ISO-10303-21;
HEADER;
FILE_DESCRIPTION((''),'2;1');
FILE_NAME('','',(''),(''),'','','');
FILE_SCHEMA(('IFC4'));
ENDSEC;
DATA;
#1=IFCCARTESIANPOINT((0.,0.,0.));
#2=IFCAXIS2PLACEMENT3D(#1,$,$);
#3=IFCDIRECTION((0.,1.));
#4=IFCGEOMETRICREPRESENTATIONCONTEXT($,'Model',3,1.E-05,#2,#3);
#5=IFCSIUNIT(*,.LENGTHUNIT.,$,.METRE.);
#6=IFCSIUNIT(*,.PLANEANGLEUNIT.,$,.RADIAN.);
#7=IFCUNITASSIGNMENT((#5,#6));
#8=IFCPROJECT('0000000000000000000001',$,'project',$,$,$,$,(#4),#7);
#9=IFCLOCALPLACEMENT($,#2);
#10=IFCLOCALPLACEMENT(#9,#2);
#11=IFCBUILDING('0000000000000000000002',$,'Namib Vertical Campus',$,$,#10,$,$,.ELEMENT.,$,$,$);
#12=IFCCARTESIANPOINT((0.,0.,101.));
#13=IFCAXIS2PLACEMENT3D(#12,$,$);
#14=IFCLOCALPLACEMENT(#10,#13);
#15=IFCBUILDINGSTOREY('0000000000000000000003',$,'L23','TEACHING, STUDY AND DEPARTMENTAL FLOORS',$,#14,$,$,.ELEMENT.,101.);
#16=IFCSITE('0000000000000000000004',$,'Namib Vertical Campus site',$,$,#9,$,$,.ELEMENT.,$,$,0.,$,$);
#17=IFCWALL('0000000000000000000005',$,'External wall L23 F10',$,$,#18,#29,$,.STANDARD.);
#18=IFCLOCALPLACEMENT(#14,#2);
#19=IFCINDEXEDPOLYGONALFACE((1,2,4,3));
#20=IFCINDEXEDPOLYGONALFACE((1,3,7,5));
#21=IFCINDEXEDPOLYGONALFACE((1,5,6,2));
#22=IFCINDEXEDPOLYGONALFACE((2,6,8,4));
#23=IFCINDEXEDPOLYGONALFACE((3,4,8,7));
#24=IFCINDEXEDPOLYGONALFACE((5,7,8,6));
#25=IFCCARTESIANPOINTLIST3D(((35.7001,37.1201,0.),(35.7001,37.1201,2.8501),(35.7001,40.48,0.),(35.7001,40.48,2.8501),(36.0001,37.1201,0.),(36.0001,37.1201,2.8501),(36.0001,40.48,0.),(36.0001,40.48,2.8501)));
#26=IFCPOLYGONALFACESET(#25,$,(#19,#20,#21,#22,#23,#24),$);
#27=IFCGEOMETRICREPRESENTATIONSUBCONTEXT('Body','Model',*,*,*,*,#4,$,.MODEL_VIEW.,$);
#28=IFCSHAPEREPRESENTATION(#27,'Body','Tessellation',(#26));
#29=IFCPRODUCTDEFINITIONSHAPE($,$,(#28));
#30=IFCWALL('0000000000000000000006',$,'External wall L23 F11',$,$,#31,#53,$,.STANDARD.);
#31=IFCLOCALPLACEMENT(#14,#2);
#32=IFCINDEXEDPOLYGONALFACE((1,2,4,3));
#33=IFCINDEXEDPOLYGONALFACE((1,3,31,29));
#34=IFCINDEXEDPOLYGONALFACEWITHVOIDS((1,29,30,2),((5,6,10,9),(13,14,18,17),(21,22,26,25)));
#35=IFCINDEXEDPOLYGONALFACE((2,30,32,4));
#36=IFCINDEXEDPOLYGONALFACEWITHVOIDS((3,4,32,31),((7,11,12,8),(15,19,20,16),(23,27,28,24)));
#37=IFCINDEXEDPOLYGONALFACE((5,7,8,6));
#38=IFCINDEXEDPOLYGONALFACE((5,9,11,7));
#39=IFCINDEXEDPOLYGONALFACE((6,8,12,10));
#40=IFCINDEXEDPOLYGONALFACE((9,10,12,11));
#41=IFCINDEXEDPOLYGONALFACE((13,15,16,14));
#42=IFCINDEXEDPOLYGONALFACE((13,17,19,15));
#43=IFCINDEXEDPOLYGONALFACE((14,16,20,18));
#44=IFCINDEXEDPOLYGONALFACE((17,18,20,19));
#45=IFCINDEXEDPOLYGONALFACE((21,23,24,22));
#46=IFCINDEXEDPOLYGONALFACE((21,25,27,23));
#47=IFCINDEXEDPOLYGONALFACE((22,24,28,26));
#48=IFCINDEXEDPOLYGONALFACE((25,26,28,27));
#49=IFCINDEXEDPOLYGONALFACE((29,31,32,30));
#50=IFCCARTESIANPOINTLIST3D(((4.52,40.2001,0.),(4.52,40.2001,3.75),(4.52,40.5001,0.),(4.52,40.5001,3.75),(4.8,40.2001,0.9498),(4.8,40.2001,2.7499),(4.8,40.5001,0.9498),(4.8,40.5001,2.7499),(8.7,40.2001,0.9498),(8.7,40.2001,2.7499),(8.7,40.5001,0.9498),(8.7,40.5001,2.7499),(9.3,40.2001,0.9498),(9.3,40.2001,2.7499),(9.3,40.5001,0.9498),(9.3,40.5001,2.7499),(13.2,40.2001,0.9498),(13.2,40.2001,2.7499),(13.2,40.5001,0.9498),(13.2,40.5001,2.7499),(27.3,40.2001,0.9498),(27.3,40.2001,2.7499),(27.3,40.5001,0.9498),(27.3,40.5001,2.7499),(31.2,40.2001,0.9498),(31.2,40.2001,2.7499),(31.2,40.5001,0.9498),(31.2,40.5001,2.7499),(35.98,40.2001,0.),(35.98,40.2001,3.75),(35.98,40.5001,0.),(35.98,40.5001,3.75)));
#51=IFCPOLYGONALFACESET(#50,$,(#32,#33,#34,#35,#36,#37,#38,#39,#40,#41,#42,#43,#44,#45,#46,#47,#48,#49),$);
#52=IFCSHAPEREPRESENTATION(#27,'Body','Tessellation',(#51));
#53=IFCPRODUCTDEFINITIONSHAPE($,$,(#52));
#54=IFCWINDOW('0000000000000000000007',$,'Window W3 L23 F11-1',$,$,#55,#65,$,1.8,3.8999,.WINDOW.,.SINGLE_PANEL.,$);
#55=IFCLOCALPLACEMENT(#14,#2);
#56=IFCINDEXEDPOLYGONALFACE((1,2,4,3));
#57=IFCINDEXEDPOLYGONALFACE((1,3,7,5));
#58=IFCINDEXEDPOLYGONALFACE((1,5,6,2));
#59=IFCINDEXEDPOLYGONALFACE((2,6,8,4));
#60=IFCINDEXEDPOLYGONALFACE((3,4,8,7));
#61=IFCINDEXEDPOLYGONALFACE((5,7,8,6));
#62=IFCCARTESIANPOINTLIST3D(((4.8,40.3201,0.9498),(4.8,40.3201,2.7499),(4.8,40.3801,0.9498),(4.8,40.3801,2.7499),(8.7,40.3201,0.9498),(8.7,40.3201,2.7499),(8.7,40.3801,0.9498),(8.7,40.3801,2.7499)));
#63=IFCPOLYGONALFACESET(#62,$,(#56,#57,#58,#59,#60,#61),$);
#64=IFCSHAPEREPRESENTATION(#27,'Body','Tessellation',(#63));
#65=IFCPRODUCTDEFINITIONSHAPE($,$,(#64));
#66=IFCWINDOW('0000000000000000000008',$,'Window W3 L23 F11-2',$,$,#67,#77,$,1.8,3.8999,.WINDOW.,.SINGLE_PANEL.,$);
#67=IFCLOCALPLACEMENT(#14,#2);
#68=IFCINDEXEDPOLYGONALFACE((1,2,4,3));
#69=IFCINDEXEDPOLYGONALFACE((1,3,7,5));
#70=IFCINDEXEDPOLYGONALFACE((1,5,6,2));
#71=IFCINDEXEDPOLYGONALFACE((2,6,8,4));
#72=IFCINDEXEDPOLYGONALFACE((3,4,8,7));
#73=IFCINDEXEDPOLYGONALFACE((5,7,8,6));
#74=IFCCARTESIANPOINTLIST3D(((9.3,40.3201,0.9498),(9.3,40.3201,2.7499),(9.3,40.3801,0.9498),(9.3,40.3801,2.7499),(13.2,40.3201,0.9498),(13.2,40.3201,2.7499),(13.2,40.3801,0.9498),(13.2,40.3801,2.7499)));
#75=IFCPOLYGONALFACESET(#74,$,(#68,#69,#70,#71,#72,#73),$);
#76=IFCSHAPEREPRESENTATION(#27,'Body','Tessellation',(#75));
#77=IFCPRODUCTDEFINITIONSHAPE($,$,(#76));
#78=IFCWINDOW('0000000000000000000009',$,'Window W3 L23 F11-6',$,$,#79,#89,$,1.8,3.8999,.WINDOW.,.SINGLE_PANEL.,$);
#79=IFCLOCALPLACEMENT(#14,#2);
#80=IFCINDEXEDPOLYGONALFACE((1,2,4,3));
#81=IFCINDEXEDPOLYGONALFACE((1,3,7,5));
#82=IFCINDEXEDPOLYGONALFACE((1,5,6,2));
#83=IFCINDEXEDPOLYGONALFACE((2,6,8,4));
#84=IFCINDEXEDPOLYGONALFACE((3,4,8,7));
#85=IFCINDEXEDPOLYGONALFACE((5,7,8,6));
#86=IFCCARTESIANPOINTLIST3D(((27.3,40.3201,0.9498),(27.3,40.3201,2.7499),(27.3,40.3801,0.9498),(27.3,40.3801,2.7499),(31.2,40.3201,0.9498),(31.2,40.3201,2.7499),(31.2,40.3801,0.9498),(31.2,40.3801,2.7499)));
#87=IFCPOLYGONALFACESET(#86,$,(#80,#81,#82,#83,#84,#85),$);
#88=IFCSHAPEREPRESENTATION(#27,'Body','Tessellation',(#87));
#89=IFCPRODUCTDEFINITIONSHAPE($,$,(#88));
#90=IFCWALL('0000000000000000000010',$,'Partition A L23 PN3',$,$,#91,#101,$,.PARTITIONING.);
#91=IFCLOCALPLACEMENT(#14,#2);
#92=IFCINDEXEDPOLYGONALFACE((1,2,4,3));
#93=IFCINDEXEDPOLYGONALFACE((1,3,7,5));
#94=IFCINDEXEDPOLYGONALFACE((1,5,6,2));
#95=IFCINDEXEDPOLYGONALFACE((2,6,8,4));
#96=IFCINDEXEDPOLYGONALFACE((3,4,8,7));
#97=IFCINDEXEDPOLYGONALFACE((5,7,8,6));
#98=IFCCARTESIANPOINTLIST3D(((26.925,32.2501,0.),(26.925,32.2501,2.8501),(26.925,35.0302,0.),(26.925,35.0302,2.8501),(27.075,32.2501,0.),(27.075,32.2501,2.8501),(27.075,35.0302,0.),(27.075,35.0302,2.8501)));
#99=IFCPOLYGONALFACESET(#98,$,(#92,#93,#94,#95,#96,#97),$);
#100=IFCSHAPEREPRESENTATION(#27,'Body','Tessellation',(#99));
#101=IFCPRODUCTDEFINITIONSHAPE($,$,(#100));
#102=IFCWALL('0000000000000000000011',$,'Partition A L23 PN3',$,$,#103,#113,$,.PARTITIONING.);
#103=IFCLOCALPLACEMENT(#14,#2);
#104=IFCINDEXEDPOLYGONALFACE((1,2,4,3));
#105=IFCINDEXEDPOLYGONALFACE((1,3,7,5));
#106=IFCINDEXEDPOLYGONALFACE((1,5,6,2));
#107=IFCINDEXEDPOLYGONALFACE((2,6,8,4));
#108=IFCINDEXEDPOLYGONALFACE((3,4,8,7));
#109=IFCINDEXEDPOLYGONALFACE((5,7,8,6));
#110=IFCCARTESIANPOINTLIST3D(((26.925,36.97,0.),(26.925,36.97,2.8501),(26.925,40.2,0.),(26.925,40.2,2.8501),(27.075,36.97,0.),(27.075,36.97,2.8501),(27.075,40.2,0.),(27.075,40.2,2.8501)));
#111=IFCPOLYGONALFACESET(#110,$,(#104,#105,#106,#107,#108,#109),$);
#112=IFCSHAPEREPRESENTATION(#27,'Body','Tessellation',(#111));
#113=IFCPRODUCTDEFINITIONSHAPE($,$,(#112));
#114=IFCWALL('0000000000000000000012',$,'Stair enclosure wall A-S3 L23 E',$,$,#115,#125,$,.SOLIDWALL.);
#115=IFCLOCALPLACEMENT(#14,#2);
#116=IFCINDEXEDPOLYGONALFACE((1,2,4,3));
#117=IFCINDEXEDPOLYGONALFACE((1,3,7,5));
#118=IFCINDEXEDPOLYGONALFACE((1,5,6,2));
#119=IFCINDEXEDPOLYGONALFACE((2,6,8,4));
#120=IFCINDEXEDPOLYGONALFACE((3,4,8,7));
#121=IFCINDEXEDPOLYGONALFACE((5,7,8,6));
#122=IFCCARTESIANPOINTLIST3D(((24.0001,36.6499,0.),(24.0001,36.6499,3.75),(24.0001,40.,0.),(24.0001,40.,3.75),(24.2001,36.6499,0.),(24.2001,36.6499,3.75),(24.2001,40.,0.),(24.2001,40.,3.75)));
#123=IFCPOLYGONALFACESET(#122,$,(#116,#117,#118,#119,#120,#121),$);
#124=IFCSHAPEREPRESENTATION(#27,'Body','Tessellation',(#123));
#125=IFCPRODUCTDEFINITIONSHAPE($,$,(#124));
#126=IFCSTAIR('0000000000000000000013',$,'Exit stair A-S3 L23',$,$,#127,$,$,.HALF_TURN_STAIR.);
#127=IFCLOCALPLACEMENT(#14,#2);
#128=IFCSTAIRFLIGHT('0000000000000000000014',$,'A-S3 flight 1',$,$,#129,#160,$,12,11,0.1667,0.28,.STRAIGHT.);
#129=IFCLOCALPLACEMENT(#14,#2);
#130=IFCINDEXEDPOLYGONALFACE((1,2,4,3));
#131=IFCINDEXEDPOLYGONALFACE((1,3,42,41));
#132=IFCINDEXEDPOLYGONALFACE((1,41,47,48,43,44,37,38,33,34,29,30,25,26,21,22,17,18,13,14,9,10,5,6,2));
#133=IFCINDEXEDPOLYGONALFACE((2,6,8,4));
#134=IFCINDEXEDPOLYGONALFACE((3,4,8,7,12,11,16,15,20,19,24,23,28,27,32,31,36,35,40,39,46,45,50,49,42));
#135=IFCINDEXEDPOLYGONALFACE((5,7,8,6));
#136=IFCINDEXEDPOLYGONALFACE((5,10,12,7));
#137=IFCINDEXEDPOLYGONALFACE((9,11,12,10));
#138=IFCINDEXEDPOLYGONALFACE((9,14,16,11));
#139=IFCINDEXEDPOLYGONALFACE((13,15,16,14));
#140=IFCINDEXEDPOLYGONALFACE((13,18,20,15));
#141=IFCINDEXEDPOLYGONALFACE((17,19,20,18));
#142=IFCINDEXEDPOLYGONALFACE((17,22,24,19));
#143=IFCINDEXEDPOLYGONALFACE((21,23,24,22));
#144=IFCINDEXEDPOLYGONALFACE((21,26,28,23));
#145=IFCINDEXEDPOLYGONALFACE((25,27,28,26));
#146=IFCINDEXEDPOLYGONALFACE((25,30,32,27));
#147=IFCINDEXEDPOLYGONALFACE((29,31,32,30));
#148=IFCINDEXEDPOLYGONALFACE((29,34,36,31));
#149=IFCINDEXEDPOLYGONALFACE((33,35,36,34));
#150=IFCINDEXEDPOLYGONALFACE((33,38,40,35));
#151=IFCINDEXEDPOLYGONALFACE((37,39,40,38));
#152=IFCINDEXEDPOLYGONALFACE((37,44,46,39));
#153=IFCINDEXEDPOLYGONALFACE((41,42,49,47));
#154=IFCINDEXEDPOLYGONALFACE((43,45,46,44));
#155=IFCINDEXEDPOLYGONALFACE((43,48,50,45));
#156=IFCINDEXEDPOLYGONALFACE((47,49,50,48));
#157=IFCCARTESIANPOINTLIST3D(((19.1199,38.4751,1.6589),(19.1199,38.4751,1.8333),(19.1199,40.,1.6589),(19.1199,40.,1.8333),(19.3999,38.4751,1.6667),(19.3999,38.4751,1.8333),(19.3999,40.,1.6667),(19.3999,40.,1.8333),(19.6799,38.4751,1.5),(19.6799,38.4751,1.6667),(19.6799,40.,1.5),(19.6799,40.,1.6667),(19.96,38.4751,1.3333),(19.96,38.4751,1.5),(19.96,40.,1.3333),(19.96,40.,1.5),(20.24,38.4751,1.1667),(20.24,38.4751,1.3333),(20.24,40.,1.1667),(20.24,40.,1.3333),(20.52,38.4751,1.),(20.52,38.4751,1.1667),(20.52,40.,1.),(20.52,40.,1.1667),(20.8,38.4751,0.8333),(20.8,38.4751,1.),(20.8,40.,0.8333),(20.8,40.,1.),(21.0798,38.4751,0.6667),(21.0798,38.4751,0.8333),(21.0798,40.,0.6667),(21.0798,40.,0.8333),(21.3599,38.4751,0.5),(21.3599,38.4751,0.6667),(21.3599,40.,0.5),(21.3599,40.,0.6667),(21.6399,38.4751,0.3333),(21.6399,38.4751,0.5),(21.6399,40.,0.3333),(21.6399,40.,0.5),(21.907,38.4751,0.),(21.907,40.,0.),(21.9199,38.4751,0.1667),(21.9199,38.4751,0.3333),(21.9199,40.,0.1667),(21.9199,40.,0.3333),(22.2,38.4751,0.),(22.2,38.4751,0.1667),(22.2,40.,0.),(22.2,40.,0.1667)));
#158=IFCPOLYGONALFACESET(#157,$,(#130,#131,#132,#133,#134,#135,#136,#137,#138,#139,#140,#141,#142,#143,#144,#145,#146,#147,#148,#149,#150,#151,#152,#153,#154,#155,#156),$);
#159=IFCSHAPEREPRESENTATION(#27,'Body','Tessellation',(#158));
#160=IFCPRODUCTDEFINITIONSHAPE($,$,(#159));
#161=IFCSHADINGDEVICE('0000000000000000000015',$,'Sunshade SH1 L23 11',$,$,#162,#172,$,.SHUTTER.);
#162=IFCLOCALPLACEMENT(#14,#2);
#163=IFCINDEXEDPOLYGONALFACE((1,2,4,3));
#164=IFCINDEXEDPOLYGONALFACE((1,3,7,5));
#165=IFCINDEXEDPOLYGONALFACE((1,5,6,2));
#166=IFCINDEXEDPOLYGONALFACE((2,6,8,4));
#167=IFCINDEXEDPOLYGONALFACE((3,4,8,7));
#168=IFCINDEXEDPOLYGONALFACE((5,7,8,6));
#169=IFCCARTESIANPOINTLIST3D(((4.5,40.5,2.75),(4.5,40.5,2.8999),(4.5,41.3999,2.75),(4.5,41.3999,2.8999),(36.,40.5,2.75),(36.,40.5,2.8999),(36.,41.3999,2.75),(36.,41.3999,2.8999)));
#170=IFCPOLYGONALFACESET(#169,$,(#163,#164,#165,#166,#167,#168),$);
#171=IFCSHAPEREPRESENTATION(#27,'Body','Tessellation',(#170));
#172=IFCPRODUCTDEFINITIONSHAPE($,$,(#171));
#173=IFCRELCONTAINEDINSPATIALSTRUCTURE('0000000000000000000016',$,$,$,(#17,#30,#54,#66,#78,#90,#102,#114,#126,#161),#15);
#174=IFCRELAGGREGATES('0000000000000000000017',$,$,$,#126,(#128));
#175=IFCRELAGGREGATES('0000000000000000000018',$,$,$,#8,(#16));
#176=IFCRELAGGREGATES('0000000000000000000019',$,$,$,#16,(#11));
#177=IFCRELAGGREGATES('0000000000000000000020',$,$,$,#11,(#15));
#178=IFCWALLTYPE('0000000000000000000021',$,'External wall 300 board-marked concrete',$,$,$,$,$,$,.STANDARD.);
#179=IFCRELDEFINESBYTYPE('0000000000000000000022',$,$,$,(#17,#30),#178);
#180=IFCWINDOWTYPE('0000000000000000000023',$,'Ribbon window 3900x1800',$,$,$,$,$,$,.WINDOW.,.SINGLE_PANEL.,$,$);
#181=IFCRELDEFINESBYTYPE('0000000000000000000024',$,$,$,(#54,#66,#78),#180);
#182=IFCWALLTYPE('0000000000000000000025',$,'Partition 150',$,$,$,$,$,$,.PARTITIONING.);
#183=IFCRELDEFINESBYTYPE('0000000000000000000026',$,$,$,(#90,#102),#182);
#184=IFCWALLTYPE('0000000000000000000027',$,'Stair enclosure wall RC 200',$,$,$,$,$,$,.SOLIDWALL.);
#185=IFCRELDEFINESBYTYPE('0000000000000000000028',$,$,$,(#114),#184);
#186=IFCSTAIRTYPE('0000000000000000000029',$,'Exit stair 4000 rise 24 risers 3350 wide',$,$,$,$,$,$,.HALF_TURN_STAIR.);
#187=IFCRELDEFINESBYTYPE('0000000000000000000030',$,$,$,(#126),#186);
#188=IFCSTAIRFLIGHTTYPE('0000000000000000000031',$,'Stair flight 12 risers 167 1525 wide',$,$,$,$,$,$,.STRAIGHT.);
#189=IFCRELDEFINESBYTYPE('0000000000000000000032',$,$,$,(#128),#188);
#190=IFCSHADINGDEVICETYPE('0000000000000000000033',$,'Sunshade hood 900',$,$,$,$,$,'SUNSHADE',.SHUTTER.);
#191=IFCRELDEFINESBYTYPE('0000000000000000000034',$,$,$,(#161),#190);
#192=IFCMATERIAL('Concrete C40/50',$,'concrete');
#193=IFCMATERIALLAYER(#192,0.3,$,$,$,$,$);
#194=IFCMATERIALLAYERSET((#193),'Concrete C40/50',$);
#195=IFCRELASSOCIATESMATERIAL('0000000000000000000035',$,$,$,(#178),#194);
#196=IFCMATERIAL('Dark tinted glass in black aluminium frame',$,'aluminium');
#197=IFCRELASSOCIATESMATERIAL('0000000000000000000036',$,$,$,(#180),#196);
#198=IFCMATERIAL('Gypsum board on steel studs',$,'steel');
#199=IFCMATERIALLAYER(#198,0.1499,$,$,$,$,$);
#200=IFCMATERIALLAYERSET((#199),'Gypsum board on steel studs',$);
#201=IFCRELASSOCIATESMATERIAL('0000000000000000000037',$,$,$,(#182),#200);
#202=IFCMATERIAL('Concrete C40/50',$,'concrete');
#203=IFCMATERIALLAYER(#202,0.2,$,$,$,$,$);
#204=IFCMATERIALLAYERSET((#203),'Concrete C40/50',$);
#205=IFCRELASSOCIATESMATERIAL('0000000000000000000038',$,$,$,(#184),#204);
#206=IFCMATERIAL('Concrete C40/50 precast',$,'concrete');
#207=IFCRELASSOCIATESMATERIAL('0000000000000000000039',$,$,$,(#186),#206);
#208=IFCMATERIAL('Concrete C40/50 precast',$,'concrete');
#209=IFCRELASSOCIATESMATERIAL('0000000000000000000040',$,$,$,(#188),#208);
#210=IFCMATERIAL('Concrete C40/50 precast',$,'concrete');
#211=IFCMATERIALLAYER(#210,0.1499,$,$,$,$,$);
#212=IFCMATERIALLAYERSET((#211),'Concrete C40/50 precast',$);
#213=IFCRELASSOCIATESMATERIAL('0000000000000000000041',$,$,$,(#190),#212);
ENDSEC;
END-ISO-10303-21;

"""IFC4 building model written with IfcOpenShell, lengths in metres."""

from ifc_helpers import new_model, si_unit, direction, frame, frame_2d, origin, origin_2d, place, context, subcontext, project, spatial, polyline, rectangle, outline, extrude, material, layer, layer_set, type_object, element, fill, aggregate, save


model = new_model("IFC4")

# Units and contexts
model_context = context("Model", 3, precision=1e-05, world=origin(), true_north=direction((0.0, 1.0)))
body_context = subcontext(model_context, "Body", "Model", "MODEL_VIEW")
ifc_project = project(units=[si_unit("LENGTHUNIT", "METRE"), si_unit("PLANEANGLEUNIT", "RADIAN")], contexts=[model_context])

# Site, building, storey
site_placement = place(None, origin())
site = spatial("IfcSite", under=ifc_project, at=site_placement, Name="Namib Vertical Campus site", CompositionType="ELEMENT", RefElevation=0.0)
building_placement = place(site_placement, origin())
building = spatial("IfcBuilding", under=site, at=building_placement, Name="Namib Vertical Campus", CompositionType="ELEMENT")
storey_placement = place(building_placement, frame((0.0, 0.0, 101.0)))
storey = spatial("IfcBuildingStorey", under=building, at=storey_placement, Name="L23", Description="TEACHING, STUDY AND DEPARTMENTAL FLOORS", CompositionType="ELEMENT", Elevation=101.0)

# Wall
ifc_material_1 = material(Name="Concrete C40/50", Category="concrete")
ifc_layer_1 = layer(ifc_material_1, 0.3)
ifc_layer_set_1 = layer_set([ifc_layer_1], Name="Concrete C40/50")
wall_type_1 = type_object("IfcWallType", Name="External wall 300 board-marked concrete", PredefinedType="STANDARD", material=ifc_layer_set_1)
wall_1_placement = place(storey_placement, frame((35.8501, 37.1201, 0.0), z_axis=(0.0, 0.0, 1.0), x_axis=(0.0, 1.0, 0.0)))
element("IfcWall", 1, at=wall_1_placement, inside=storey, type_object=wall_type_1, Name="External wall L23 F10", PredefinedType="STANDARD", context=body_context, shape_type="SweptSolid", body=[
    extrude(rectangle(XDim=3.3599, YDim=0.3, at=frame_2d((1.6799, 0.0))), origin(), (0.0, 0.0, 1.0), 2.8501),
])

# Wall, openings, windows
wall_2_placement = place(storey_placement, frame((35.98, 40.3501, 0.0), z_axis=(0.0, 0.0, 1.0), x_axis=(-1.0, 0.0, 0.0)))
wall_2 = element("IfcWall", 2, at=wall_2_placement, inside=storey, type_object=wall_type_1, Name="External wall L23 F11", PredefinedType="STANDARD", context=body_context, shape_type="SweptSolid", body=[
    extrude(rectangle(XDim=31.46, YDim=0.3, at=frame_2d((15.73, 0.0))), origin(), (0.0, 0.0, 1.0), 3.75),
])
opening_1_placement = place(wall_2_placement, frame((27.28, 0.0, 0.95)))
opening_1 = element("IfcOpeningElement", 3, at=opening_1_placement, cuts=wall_2, PredefinedType="OPENING", context=body_context, shape_type="SweptSolid", body=[
    extrude(rectangle(XDim=3.8999, YDim=1.8, at=frame_2d((1.95, 0.8999))), frame((0.0, 0.1599, 0.0), z_axis=(0.0, -1.0, 0.0), x_axis=(1.0, 0.0, 0.0)), (0.0, 0.0, 1.0), 0.3201),
])
opening_2_placement = place(wall_2_placement, frame((22.78, 0.0, 0.95)))
opening_2 = element("IfcOpeningElement", 4, at=opening_2_placement, cuts=wall_2, PredefinedType="OPENING", context=body_context, shape_type="SweptSolid", body=[
    extrude(rectangle(XDim=3.8999, YDim=1.8, at=frame_2d((1.95, 0.8999))), frame((0.0, 0.1599, 0.0), z_axis=(0.0, -1.0, 0.0), x_axis=(1.0, 0.0, 0.0)), (0.0, 0.0, 1.0), 0.3201),
])
opening_3_placement = place(wall_2_placement, frame((4.78, 0.0, 0.95)))
opening_3 = element("IfcOpeningElement", 5, at=opening_3_placement, cuts=wall_2, PredefinedType="OPENING", context=body_context, shape_type="SweptSolid", body=[
    extrude(rectangle(XDim=3.8999, YDim=1.8, at=frame_2d((1.95, 0.8999))), frame((0.0, 0.1599, 0.0), z_axis=(0.0, -1.0, 0.0), x_axis=(1.0, 0.0, 0.0)), (0.0, 0.0, 1.0), 0.3201),
])
ifc_material_2 = material(Name="Dark tinted glass in black aluminium frame", Category="aluminium")
window_type = type_object("IfcWindowType", Name="Ribbon window 3900x1800", PartitioningType="SINGLE_PANEL", PredefinedType="WINDOW", material=ifc_material_2)
window_1_placement = place(opening_1_placement, origin())
window_1 = element("IfcWindow", 6, at=window_1_placement, inside=storey, type_object=window_type, Name="Window W3 L23 F11-1", OverallHeight=1.8, OverallWidth=3.8999, PartitioningType="SINGLE_PANEL", PredefinedType="WINDOW", context=body_context, shape_type="SweptSolid", body=[
    extrude(rectangle(XDim=3.8999, YDim=1.8, at=frame_2d((1.95, 0.8999))), frame((0.0, 0.03, 0.0), z_axis=(0.0, -1.0, 0.0), x_axis=(1.0, 0.0, 0.0)), (0.0, 0.0, 1.0), 0.0601),
])
fill(opening_1, window_1)
window_2_placement = place(opening_2_placement, origin())
window_2 = element("IfcWindow", 7, at=window_2_placement, inside=storey, type_object=window_type, Name="Window W3 L23 F11-2", OverallHeight=1.8, OverallWidth=3.8999, PartitioningType="SINGLE_PANEL", PredefinedType="WINDOW", context=body_context, shape_type="SweptSolid", body=[
    extrude(rectangle(XDim=3.8999, YDim=1.8, at=frame_2d((1.95, 0.8999))), frame((0.0, 0.03, 0.0), z_axis=(0.0, -1.0, 0.0), x_axis=(1.0, 0.0, 0.0)), (0.0, 0.0, 1.0), 0.0601),
])
fill(opening_2, window_2)
window_3_placement = place(opening_3_placement, origin())
window_3 = element("IfcWindow", 8, at=window_3_placement, inside=storey, type_object=window_type, Name="Window W3 L23 F11-6", OverallHeight=1.8, OverallWidth=3.8999, PartitioningType="SINGLE_PANEL", PredefinedType="WINDOW", context=body_context, shape_type="SweptSolid", body=[
    extrude(rectangle(XDim=3.8999, YDim=1.8, at=frame_2d((1.95, 0.8999))), frame((0.0, 0.03, 0.0), z_axis=(0.0, -1.0, 0.0), x_axis=(1.0, 0.0, 0.0)), (0.0, 0.0, 1.0), 0.0601),
])
fill(opening_3, window_3)

# Walls
ifc_material_3 = material(Name="Gypsum board on steel studs", Category="steel")
ifc_layer_2 = layer(ifc_material_3, 0.1499)
ifc_layer_set_2 = layer_set([ifc_layer_2], Name="Gypsum board on steel studs")
wall_type_2 = type_object("IfcWallType", Name="Partition 150", PredefinedType="PARTITIONING", material=ifc_layer_set_2)
wall_3_placement = place(storey_placement, frame((27.0, 32.25, 0.0), z_axis=(0.0, 0.0, 1.0), x_axis=(0.0, 1.0, 0.0)))
element("IfcWall", 9, at=wall_3_placement, inside=storey, type_object=wall_type_2, Name="Partition A L23 PN3", PredefinedType="PARTITIONING", context=body_context, shape_type="SweptSolid", body=[
    extrude(rectangle(XDim=2.78, YDim=0.1499, at=frame_2d((1.3901, 0.0))), origin(), (0.0, 0.0, 1.0), 2.8501),
])
wall_4_placement = place(storey_placement, frame((27.0, 36.97, 0.0), z_axis=(0.0, 0.0, 1.0), x_axis=(0.0, 1.0, 0.0)))
element("IfcWall", 10, at=wall_4_placement, inside=storey, type_object=wall_type_2, Name="Partition A L23 PN3", PredefinedType="PARTITIONING", context=body_context, shape_type="SweptSolid", body=[
    extrude(rectangle(XDim=3.23, YDim=0.1499, at=frame_2d((1.615, 0.0))), origin(), (0.0, 0.0, 1.0), 2.8501),
])
ifc_material_4 = material(Name="Concrete C40/50", Category="concrete")
ifc_layer_3 = layer(ifc_material_4, 0.2)
ifc_layer_set_3 = layer_set([ifc_layer_3], Name="Concrete C40/50")
wall_type_3 = type_object("IfcWallType", Name="Stair enclosure wall RC 200", PredefinedType="SOLIDWALL", material=ifc_layer_set_3)
wall_5_placement = place(storey_placement, frame((24.1001, 36.6499, 0.0), z_axis=(0.0, 0.0, 1.0), x_axis=(0.0, 1.0, 0.0)))
element("IfcWall", 11, at=wall_5_placement, inside=storey, type_object=wall_type_3, Name="Stair enclosure wall A-S3 L23 E", PredefinedType="SOLIDWALL", context=body_context, shape_type="SweptSolid", body=[
    extrude(rectangle(XDim=3.3501, YDim=0.2, at=frame_2d((1.675, 0.0))), origin(), (0.0, 0.0, 1.0), 3.75),
])

# Stair, stair flight
ifc_material_5 = material(Name="Concrete C40/50 precast", Category="concrete")
stair_type = type_object("IfcStairType", Name="Exit stair 4000 rise 24 risers 3350 wide", PredefinedType="HALF_TURN_STAIR", material=ifc_material_5)
stair_placement = place(storey_placement, origin())
stair = element("IfcStair", 12, at=stair_placement, inside=storey, type_object=stair_type, Name="Exit stair A-S3 L23", PredefinedType="HALF_TURN_STAIR")
ifc_material_6 = material(Name="Concrete C40/50 precast", Category="concrete")
stair_flight_type = type_object("IfcStairFlightType", Name="Stair flight 12 risers 167 1525 wide", PredefinedType="STRAIGHT", material=ifc_material_6)
stair_flight_placement = place(storey_placement, frame((22.2, 39.2375, 0.0), z_axis=(0.0, 0.0, 1.0), x_axis=(-1.0, 0.0, 0.0)))
stair_flight = element("IfcStairFlight", 13, at=stair_flight_placement, type_object=stair_flight_type, Name="A-S3 flight 1", NumberOfRisers=12, NumberOfTreads=11, PredefinedType="STRAIGHT", RiserHeight=0.1667, TreadLength=0.28, context=body_context, shape_type="SweptSolid", body=[
    extrude(outline(polyline([(0.0, 0.0), (0.0, 0.1667), (0.28, 0.1667), (0.28, 0.3333), (0.5601, 0.3333), (0.5601, 0.5), (0.8401, 0.5), (0.8401, 0.6667), (1.1201, 0.6667), (1.1201, 0.8333), (1.3999, 0.8333), (1.3999, 1.0), (1.6799, 1.0), (1.6799, 1.1667), (1.96, 1.1667), (1.96, 1.3333), (2.24, 1.3333), (2.24, 1.5), (2.52, 1.5), (2.52, 1.6667), (2.8, 1.6667), (2.8, 1.8333), (3.0801, 1.8333), (3.0801, 2.0), (3.0801, 1.6589), (0.293, 0.0), (0.0, 0.0)])), frame((0.0, 0.7625, 0.0), z_axis=(0.0, -1.0, 0.0), x_axis=(1.0, 0.0, 0.0)), (0.0, 0.0, 1.0), 1.5249),
])
aggregate(stair, [stair_flight])

# Shading device
ifc_material_7 = material(Name="Concrete C40/50 precast", Category="concrete")
ifc_layer_4 = layer(ifc_material_7, 0.1499)
ifc_layer_set_4 = layer_set([ifc_layer_4], Name="Concrete C40/50 precast")
shading_device_type = type_object("IfcShadingDeviceType", Name="Sunshade hood 900", ElementType="SUNSHADE", PredefinedType="SHUTTER", material=ifc_layer_set_4)
shading_device_placement = place(storey_placement, frame((20.25, 40.95, 2.75), z_axis=(0.0, 0.0, 1.0), x_axis=(-1.0, 0.0, 0.0)))
element("IfcShadingDevice", 14, at=shading_device_placement, inside=storey, type_object=shading_device_type, Name="Sunshade SH1 L23 11", PredefinedType="SHUTTER", context=body_context, shape_type="SweptSolid", body=[
    extrude(rectangle(XDim=31.5, YDim=0.8999, at=origin_2d()), origin(), (0.0, 0.0, 1.0), 0.1499),
])

save(model, "model.ifc")
